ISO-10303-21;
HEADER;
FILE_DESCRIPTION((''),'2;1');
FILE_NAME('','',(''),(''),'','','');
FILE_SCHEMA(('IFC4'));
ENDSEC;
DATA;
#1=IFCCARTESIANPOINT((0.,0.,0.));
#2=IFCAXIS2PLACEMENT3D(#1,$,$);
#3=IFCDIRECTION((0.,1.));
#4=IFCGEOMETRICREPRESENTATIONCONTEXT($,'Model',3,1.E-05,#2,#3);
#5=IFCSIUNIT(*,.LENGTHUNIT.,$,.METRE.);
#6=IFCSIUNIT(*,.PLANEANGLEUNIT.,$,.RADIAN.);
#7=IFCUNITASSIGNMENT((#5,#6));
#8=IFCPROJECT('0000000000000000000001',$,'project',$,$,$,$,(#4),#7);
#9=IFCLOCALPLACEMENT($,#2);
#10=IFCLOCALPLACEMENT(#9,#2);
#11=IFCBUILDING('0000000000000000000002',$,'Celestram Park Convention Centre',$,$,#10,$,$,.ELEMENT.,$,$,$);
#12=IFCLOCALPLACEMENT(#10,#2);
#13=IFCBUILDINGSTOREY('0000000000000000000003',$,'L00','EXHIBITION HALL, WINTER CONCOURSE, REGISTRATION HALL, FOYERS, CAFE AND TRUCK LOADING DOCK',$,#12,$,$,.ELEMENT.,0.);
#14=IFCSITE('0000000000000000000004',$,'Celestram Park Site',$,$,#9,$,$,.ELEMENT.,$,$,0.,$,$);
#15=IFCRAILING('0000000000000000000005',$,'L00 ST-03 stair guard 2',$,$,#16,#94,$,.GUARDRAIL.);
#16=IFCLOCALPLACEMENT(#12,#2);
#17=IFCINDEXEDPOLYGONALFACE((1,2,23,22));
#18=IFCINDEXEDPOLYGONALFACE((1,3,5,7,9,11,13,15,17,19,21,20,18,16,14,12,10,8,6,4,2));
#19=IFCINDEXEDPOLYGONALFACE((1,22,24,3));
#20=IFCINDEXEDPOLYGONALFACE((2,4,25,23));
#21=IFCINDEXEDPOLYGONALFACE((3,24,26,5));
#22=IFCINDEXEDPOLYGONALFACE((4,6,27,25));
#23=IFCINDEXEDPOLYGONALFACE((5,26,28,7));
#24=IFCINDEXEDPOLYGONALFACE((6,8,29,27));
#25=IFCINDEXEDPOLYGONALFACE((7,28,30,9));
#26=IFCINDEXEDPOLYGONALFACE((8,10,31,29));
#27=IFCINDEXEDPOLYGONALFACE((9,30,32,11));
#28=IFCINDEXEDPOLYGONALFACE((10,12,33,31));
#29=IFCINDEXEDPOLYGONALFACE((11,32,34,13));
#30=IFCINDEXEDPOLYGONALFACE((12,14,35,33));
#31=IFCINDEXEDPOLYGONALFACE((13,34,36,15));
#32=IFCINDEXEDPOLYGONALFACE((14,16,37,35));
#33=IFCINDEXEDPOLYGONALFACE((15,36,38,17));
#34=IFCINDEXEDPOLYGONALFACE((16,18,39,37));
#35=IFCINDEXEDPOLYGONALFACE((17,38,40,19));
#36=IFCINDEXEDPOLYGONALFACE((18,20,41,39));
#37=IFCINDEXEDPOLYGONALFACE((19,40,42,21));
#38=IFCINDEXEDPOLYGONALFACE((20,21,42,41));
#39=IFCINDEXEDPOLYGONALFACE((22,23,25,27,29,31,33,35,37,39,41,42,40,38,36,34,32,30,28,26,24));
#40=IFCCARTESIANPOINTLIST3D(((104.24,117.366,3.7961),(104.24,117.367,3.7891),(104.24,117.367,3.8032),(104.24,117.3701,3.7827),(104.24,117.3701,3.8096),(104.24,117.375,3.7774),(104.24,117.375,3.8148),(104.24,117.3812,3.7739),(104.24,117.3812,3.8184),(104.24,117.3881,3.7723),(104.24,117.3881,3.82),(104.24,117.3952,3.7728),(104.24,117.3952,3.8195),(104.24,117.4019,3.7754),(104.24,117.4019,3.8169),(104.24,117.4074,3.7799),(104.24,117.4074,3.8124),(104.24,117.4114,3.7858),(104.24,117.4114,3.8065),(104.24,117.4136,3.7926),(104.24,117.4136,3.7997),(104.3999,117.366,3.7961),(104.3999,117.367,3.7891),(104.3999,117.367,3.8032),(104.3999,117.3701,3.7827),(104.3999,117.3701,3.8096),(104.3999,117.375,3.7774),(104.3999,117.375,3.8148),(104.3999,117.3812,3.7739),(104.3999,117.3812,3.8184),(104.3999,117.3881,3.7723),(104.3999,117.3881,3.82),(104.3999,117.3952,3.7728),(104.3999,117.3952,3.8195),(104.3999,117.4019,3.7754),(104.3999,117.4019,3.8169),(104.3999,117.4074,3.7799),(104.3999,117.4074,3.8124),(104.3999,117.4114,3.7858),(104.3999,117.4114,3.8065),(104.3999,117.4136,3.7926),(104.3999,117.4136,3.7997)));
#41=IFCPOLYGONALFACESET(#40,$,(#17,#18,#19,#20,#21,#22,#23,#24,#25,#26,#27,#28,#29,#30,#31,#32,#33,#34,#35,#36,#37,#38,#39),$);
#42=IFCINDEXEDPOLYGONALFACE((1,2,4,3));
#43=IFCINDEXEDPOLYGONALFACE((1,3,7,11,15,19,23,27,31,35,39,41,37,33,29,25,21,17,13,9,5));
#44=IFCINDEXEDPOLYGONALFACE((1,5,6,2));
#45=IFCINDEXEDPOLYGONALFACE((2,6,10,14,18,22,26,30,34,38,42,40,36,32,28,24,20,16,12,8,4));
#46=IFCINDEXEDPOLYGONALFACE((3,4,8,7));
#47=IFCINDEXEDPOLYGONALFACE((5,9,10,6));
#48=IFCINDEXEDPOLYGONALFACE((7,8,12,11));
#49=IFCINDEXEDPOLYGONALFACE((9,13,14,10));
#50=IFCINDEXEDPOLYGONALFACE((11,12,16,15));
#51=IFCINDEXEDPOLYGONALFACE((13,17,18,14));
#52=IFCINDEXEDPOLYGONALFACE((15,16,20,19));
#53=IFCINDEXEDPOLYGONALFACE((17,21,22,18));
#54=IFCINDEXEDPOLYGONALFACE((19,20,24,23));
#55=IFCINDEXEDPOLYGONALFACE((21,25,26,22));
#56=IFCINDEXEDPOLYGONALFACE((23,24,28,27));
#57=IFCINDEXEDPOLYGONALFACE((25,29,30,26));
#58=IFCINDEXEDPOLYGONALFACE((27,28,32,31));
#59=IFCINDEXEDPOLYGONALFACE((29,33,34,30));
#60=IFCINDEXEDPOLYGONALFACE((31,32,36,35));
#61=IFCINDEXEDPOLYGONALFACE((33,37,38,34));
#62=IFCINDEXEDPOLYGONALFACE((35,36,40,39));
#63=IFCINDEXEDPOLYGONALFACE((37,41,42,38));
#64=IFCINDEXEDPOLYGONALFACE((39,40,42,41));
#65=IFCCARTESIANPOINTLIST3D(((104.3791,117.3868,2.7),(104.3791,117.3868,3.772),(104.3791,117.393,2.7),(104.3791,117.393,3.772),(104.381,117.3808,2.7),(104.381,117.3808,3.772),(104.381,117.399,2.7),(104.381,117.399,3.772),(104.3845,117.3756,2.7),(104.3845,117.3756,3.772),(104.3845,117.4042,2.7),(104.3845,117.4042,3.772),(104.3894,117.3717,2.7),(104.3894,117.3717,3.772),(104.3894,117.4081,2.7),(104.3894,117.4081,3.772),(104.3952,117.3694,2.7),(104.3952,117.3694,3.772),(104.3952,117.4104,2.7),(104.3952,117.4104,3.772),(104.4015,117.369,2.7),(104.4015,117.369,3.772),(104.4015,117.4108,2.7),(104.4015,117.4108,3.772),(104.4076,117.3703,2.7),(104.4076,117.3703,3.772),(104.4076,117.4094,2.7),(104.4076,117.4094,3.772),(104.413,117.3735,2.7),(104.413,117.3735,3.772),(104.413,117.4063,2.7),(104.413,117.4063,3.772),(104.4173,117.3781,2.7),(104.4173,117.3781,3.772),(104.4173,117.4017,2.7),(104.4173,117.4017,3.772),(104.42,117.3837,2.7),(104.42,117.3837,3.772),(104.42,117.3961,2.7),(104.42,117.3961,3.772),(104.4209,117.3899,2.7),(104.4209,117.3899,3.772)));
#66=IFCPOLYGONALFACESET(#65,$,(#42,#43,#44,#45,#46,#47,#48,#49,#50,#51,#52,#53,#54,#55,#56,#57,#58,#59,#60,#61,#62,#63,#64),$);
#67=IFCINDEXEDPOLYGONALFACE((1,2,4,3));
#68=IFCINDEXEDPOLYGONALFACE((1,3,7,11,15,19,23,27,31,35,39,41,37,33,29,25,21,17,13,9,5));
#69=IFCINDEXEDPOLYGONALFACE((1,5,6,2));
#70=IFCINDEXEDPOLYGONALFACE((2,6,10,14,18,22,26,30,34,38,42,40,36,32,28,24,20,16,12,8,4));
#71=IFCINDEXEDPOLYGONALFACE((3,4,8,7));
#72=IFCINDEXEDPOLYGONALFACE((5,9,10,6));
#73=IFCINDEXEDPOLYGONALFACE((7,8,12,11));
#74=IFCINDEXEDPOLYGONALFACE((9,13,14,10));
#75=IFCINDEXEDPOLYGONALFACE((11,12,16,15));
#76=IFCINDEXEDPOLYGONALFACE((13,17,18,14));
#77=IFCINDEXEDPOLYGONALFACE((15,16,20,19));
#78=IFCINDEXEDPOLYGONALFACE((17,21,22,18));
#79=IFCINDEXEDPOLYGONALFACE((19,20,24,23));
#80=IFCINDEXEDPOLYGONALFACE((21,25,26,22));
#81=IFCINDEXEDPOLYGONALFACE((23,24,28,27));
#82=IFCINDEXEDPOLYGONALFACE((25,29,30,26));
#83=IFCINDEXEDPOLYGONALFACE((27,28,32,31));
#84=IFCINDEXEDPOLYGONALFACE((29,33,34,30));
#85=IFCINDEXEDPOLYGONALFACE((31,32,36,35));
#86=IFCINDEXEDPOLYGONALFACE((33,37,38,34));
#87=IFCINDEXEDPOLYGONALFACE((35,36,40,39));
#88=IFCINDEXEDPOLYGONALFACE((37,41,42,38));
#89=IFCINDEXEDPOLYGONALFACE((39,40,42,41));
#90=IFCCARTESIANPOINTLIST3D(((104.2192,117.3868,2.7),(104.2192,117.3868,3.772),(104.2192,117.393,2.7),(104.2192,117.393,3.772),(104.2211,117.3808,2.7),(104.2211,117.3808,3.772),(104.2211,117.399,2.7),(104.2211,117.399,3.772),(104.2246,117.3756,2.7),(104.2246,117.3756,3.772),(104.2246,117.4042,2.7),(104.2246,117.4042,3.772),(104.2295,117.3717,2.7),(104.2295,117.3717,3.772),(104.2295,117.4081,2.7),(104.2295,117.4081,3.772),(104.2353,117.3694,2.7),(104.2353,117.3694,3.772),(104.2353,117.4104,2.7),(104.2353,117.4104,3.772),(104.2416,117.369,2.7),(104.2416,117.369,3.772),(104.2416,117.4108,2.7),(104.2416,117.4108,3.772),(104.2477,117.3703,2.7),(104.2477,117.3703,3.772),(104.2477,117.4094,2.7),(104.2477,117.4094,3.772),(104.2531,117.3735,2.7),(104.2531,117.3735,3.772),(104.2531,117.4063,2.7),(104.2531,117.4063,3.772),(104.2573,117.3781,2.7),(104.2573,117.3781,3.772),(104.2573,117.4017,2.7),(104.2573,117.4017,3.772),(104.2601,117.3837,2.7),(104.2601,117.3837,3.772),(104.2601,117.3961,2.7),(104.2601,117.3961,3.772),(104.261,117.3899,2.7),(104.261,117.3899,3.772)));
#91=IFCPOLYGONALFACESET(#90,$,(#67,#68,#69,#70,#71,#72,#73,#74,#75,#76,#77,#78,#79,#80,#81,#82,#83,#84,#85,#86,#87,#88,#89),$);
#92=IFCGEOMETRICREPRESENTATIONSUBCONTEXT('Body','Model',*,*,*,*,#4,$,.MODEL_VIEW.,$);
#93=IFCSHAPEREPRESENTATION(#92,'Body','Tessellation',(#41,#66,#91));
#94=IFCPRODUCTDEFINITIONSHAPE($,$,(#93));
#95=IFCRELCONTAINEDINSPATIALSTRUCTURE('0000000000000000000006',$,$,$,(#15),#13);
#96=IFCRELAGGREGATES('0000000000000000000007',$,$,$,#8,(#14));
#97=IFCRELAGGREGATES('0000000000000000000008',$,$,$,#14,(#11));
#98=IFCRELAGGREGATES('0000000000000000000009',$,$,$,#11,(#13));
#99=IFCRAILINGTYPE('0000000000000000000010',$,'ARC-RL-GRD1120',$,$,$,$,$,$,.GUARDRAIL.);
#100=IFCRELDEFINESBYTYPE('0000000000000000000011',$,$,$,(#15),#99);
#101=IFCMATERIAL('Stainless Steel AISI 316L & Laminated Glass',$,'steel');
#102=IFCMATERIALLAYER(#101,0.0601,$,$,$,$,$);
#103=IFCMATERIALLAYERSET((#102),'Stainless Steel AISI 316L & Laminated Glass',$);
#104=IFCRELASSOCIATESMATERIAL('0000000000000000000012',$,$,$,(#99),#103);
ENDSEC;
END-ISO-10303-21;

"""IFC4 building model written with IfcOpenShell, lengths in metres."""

from ifc_helpers import new_model, si_unit, direction, frame, origin, origin_2d, place, context, subcontext, project, spatial, circle, extrude, material, layer, layer_set, type_object, element, save


model = new_model("IFC4")

# Units and contexts
model_context = context("Model", 3, precision=1e-05, world=origin(), true_north=direction((0.0, 1.0)))
body_context = subcontext(model_context, "Body", "Model", "MODEL_VIEW")
ifc_project = project(units=[si_unit("LENGTHUNIT", "METRE"), si_unit("PLANEANGLEUNIT", "RADIAN")], contexts=[model_context])

# Site, building, storey
site_placement = place(None, origin())
site = spatial("IfcSite", under=ifc_project, at=site_placement, Name="Celestram Park Site", CompositionType="ELEMENT", RefElevation=0.0)
building_placement = place(site_placement, origin())
building = spatial("IfcBuilding", under=site, at=building_placement, Name="Celestram Park Convention Centre", CompositionType="ELEMENT")
storey_placement = place(building_placement, origin())
storey = spatial("IfcBuildingStorey", under=building, at=storey_placement, Name="L00", Description="EXHIBITION HALL, WINTER CONCOURSE, REGISTRATION HALL, FOYERS, CAFE AND TRUCK LOADING DOCK", CompositionType="ELEMENT", Elevation=0.0)

# Railing
ifc_material_1 = material(Name="Stainless Steel AISI 316L & Laminated Glass", Category="steel")
ifc_layer_1 = layer(ifc_material_1, 0.0601)
ifc_layer_set_1 = layer_set([ifc_layer_1], Name="Stainless Steel AISI 316L & Laminated Glass")
railing_type_1 = type_object("IfcRailingType", Name="ARC-RL-GRD1120", PredefinedType="GUARDRAIL", material=ifc_layer_set_1)
railing_1_placement = place(storey_placement, frame((104.3999, 117.3899, 2.7)))
element("IfcRailing", 1, at=railing_1_placement, inside=storey, type_object=railing_type_1, Name="L00 ST-03 stair guard 2", PredefinedType="GUARDRAIL", context=body_context, shape_type="SweptSolid", body=[
    extrude(circle(Radius=0.0239, at=origin_2d()), frame((0.0, 0.0, 1.0962), z_axis=(-1.0, 0.0, 0.0), x_axis=(0.0, -1.0, 0.0)), (0.0, 0.0, 1.0), 0.1599),
    extrude(circle(Radius=0.021, at=origin_2d()), origin(), (0.0, 0.0, 1.0), 1.072),
    extrude(circle(Radius=0.021, at=origin_2d()), frame((-0.1599, 0.0, 0.0)), (0.0, 0.0, 1.0), 1.072),
])

save(model, "model.ifc")
